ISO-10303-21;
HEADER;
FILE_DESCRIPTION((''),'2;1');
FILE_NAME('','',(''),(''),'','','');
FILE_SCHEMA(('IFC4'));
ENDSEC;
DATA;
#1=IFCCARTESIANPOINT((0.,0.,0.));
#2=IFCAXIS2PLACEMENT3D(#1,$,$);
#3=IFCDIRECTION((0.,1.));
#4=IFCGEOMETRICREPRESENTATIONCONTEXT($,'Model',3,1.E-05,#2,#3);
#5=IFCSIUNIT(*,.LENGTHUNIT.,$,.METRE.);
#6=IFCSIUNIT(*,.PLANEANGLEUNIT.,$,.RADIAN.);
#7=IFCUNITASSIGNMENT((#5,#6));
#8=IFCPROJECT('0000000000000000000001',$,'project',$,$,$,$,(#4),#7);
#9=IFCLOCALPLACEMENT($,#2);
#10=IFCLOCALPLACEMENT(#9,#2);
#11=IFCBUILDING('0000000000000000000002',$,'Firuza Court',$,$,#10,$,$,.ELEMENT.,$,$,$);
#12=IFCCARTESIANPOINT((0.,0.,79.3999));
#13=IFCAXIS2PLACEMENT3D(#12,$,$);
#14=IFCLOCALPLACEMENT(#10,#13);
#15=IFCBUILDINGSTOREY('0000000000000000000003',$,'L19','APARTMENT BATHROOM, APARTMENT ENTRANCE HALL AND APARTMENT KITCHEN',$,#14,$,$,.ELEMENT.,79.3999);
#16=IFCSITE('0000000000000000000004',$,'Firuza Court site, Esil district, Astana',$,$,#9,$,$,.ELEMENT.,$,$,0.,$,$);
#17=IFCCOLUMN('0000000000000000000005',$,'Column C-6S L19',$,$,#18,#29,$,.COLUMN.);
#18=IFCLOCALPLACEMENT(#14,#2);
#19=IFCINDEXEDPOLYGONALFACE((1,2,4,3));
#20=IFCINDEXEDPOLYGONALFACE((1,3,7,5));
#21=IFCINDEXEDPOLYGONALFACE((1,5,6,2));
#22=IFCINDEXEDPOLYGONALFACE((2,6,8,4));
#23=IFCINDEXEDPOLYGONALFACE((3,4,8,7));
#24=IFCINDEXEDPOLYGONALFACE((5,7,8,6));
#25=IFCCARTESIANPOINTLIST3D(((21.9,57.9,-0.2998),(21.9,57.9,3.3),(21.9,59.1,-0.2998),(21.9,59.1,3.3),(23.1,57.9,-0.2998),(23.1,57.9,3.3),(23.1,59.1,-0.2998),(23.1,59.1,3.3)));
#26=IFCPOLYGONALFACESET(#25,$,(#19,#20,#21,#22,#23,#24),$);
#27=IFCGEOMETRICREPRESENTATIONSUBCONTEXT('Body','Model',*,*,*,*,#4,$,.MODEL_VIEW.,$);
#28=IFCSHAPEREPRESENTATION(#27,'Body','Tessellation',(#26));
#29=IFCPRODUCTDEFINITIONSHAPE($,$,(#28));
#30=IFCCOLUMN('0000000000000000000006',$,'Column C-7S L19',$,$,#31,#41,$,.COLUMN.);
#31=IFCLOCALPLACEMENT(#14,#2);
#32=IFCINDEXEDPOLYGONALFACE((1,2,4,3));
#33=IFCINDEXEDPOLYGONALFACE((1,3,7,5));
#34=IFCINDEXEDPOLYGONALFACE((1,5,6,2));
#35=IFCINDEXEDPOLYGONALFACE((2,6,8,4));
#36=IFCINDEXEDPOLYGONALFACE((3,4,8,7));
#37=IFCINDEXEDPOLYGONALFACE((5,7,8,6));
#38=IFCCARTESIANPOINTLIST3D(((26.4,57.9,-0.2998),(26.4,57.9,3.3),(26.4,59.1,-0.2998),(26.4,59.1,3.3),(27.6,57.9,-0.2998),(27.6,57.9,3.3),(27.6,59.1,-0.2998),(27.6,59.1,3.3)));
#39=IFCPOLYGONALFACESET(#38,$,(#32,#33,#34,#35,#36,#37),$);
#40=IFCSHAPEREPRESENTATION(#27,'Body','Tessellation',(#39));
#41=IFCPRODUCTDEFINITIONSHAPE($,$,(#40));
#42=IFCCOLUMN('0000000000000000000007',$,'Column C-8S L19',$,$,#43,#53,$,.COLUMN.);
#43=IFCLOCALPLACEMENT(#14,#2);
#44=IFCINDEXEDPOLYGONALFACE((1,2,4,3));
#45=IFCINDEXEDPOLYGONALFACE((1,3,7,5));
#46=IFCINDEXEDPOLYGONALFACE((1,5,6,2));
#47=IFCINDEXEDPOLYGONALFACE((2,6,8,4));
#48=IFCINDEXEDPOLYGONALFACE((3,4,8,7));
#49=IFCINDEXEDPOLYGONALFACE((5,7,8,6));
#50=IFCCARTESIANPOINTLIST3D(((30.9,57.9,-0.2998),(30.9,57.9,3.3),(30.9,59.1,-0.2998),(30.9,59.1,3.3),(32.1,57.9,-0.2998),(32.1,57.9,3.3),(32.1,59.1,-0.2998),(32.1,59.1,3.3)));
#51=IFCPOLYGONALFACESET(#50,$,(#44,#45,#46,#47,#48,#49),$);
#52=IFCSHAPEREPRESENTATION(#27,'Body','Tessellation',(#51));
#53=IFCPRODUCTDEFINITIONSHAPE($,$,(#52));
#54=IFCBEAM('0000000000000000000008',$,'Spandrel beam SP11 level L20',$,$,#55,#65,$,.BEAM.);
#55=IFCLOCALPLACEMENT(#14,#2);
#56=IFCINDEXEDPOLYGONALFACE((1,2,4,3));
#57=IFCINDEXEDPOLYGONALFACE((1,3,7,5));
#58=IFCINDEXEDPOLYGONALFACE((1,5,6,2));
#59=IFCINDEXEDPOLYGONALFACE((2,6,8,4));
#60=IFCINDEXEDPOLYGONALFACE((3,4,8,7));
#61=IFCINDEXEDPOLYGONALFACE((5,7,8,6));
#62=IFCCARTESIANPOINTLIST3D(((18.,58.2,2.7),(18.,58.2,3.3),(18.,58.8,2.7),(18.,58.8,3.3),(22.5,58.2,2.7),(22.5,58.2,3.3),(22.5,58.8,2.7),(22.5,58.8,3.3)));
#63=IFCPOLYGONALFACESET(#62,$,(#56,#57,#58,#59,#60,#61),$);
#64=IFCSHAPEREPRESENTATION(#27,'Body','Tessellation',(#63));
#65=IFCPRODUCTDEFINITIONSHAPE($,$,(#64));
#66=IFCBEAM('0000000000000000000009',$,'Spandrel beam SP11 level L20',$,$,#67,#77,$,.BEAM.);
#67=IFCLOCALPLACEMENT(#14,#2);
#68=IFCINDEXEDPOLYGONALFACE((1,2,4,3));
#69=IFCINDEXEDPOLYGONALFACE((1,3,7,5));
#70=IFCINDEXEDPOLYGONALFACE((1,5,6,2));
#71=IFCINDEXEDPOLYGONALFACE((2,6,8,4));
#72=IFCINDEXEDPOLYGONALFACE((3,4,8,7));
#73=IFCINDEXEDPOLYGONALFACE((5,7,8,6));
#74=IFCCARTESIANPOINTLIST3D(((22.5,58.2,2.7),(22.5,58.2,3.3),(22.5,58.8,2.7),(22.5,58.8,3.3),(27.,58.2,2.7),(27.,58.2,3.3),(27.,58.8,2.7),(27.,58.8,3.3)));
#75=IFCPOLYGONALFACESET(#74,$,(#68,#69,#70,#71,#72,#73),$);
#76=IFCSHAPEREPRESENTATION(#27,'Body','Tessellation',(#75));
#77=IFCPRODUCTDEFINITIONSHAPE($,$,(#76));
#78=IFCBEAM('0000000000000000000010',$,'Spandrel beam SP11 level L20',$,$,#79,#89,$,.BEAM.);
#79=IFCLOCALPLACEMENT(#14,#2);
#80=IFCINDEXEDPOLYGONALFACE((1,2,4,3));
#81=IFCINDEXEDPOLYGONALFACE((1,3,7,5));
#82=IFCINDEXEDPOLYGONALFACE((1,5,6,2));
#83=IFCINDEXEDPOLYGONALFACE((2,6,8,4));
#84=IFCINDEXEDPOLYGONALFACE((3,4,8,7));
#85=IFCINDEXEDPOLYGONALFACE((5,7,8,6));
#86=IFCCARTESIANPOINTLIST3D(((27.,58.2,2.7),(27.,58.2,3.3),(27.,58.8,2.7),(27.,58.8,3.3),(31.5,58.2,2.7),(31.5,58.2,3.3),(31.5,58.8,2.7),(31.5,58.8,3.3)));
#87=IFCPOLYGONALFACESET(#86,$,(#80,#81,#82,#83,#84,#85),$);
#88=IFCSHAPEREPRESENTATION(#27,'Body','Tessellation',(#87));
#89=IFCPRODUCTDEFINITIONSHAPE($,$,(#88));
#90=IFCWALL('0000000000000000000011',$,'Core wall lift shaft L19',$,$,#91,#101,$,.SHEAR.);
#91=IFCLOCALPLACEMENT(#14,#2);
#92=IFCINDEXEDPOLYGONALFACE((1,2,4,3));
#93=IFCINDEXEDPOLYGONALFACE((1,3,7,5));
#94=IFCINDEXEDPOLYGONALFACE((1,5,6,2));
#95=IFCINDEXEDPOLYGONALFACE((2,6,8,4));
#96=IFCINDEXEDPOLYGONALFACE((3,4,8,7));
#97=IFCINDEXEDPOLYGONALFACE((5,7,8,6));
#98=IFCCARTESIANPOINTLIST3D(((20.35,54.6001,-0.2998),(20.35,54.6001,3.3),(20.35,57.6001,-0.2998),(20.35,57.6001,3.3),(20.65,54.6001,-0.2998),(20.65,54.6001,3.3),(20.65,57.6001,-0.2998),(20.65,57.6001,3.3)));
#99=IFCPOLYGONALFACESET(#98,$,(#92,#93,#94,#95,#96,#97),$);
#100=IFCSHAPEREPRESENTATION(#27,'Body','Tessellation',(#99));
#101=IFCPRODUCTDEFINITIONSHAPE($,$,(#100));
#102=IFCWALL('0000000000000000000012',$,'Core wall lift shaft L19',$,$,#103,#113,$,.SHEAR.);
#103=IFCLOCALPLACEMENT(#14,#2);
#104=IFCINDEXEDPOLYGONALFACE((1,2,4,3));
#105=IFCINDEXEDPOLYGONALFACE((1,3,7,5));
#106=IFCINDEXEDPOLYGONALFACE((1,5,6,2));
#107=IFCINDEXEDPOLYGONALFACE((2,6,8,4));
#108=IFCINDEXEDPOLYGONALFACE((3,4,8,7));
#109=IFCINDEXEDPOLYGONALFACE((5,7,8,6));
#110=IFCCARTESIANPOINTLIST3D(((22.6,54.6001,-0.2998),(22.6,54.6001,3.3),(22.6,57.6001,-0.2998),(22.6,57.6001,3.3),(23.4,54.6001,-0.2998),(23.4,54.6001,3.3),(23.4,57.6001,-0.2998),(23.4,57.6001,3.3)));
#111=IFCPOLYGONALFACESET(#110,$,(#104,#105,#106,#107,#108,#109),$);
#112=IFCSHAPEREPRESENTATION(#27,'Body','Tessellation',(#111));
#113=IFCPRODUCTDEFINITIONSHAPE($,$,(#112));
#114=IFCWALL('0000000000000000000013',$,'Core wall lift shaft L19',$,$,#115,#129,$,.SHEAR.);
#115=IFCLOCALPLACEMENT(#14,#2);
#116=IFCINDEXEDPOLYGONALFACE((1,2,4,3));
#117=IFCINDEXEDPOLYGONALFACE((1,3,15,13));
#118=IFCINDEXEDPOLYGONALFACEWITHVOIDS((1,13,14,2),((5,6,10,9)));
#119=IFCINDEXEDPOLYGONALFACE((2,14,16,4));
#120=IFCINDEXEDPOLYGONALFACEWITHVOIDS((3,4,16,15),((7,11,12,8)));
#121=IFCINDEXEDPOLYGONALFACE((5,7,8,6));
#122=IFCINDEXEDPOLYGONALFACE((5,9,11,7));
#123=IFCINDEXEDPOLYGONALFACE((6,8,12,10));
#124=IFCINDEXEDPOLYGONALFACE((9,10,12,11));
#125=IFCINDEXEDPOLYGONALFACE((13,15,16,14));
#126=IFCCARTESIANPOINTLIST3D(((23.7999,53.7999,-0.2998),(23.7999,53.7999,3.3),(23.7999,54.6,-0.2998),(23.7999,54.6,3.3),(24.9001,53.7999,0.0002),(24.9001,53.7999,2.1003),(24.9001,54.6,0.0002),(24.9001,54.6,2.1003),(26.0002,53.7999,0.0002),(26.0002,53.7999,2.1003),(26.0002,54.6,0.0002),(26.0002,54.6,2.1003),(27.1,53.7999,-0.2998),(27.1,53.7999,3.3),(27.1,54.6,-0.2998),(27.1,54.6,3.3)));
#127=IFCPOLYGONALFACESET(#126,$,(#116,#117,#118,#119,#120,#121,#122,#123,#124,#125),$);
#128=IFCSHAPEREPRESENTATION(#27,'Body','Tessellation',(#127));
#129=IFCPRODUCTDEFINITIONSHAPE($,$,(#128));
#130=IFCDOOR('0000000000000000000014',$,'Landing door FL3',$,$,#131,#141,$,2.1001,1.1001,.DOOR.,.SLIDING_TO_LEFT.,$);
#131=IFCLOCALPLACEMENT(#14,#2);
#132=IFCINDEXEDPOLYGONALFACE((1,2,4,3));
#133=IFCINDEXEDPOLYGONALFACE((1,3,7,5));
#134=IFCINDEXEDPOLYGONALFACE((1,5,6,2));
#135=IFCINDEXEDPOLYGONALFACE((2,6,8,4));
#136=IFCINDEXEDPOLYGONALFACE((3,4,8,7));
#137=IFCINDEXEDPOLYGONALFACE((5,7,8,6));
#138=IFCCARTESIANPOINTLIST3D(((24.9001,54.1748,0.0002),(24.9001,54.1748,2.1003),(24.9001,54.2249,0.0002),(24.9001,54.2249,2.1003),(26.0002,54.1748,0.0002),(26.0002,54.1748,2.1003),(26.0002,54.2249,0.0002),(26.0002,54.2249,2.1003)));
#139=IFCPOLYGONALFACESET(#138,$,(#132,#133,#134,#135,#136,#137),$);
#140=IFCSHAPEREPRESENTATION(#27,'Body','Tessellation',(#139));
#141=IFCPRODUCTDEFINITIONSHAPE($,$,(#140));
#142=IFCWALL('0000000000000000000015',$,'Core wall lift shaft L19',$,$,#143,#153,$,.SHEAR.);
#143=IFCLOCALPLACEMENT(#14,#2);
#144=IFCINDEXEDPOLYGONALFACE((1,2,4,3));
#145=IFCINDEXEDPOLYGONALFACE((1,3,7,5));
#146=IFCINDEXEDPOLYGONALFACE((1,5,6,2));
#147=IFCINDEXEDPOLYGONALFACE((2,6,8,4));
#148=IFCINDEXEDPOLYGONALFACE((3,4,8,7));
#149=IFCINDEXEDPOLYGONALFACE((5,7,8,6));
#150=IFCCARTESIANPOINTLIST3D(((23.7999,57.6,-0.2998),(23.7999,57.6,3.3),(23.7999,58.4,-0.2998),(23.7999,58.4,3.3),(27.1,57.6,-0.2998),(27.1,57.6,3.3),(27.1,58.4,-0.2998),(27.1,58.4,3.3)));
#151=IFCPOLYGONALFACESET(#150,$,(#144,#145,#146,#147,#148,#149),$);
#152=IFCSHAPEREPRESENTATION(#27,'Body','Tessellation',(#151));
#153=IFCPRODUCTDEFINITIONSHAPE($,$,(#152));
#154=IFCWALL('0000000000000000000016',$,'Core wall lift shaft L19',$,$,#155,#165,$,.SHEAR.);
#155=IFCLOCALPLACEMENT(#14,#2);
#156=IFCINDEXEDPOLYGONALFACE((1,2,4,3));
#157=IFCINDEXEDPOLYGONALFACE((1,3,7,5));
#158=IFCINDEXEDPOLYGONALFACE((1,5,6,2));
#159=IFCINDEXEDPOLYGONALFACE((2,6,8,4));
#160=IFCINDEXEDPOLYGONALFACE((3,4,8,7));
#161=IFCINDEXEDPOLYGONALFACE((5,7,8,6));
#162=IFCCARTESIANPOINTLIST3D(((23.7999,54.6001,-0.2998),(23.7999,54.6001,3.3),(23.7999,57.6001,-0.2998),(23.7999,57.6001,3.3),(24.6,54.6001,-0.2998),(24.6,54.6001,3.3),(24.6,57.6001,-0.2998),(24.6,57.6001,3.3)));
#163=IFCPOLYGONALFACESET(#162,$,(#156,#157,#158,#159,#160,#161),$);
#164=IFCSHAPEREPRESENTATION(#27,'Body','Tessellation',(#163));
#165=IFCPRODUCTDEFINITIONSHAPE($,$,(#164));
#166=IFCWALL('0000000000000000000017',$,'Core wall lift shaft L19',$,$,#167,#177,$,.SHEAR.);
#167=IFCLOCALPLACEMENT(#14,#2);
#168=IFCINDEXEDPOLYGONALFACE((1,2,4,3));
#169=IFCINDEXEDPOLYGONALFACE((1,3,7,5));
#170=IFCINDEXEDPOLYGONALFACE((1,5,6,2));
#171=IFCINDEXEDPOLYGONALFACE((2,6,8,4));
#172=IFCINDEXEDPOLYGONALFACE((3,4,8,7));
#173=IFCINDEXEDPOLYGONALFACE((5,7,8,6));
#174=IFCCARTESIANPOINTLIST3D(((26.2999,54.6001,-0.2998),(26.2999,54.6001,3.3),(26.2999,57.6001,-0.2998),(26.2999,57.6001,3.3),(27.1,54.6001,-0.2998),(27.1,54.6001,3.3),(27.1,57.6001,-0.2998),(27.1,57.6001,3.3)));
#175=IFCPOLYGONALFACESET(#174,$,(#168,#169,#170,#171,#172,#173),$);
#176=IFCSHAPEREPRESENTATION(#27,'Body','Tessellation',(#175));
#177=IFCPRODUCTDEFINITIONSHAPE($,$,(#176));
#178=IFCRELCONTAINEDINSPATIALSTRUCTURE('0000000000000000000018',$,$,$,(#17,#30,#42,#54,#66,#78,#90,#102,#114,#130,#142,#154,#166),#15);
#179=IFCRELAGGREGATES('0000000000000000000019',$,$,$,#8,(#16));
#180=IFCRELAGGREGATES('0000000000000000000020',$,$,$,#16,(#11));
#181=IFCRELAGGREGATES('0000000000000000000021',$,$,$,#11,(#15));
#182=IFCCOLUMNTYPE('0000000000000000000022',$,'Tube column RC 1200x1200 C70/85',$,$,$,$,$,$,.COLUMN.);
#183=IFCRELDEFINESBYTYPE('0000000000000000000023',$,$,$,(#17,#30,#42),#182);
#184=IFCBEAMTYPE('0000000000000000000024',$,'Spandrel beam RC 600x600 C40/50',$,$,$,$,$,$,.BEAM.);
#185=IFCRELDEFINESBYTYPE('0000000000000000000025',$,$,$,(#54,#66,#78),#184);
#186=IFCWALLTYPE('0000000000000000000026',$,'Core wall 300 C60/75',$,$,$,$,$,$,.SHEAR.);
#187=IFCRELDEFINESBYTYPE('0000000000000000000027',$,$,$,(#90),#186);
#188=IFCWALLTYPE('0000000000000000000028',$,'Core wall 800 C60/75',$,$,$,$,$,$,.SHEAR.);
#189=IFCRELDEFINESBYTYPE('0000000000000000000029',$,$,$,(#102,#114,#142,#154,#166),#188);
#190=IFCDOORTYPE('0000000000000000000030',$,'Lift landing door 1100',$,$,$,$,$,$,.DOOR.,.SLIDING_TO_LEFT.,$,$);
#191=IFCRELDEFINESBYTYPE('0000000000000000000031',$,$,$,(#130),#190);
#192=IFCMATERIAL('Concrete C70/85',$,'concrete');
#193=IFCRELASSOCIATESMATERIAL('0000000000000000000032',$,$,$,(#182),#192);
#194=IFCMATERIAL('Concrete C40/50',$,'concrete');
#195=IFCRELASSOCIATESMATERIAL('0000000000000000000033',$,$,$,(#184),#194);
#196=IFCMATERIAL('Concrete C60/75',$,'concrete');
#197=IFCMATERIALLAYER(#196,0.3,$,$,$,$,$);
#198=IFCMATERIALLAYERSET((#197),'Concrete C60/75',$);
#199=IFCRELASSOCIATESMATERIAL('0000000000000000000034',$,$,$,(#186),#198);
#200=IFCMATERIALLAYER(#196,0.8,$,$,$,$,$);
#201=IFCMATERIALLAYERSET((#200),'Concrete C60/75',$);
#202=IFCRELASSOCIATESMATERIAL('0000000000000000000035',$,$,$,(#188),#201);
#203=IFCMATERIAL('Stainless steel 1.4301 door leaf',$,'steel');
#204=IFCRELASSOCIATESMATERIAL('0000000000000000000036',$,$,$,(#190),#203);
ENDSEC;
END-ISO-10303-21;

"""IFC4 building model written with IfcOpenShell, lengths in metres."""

from ifc_helpers import new_model, si_unit, direction, frame, frame_2d, origin, origin_2d, place, context, subcontext, project, spatial, rectangle, extrude, material, layer, layer_set, material_profile, profile_set, type_object, element, fill, save


model = new_model("IFC4")

# Units and contexts
model_context = context("Model", 3, precision=1e-05, world=origin(), true_north=direction((0.0, 1.0)))
body_context = subcontext(model_context, "Body", "Model", "MODEL_VIEW")
ifc_project = project(units=[si_unit("LENGTHUNIT", "METRE"), si_unit("PLANEANGLEUNIT", "RADIAN")], contexts=[model_context])

# Site, building, storey
site_placement = place(None, origin())
site = spatial("IfcSite", under=ifc_project, at=site_placement, Name="Firuza Court site, Esil district, Astana", CompositionType="ELEMENT", RefElevation=0.0)
building_placement = place(site_placement, origin())
building = spatial("IfcBuilding", under=site, at=building_placement, Name="Firuza Court", CompositionType="ELEMENT")
storey_placement = place(building_placement, frame((0.0, 0.0, 79.3999)))
storey = spatial("IfcBuildingStorey", under=building, at=storey_placement, Name="L19", Description="APARTMENT BATHROOM, APARTMENT ENTRANCE HALL AND APARTMENT KITCHEN", CompositionType="ELEMENT", Elevation=79.3999)

# Columns
ifc_material_1 = material(Name="Concrete C70/85", Category="concrete")
ifc_material_profile_1 = material_profile(ifc_material_1, rectangle(XDim=1.2, YDim=1.2, at=origin_2d()), Name="RC 1200x1200")
ifc_profile_set_1 = profile_set([ifc_material_profile_1], Name="Concrete C70/85")
column_type = type_object("IfcColumnType", Name="Tube column RC 1200x1200 C70/85", PredefinedType="COLUMN", material=ifc_profile_set_1)
for number, where, z_axis, x_axis, name in (
    (1, (22.5, 58.5, -0.2998), (0.0, 0.0, 1.0), (1.0, 0.0, 0.0), "Column C-6S L19"),
    (2, (27.0, 58.5, -0.2998), (0.0, 0.0, 1.0), (1.0, 0.0, 0.0), "Column C-7S L19"),
    (3, (31.5, 58.5, -0.2998), (0.0, 0.0, 1.0), (1.0, 0.0, 0.0), "Column C-8S L19"),
):
    element("IfcColumn", number, at=place(storey_placement, frame(where, z_axis=z_axis, x_axis=x_axis)), inside=storey, type_object=column_type, Name=name, PredefinedType="COLUMN", context=body_context, shape_type="SweptSolid", body=[
        extrude(rectangle(XDim=1.2, YDim=1.2, at=origin_2d()), origin(), (0.0, 0.0, 1.0), 3.5999),
    ])

# Beams
ifc_material_2 = material(Name="Concrete C40/50", Category="concrete")
ifc_material_profile_2 = material_profile(ifc_material_2, rectangle(XDim=0.6001, YDim=0.6001, at=origin_2d()), Name="RC 600x600")
ifc_profile_set_2 = profile_set([ifc_material_profile_2], Name="Concrete C40/50")
beam_type = type_object("IfcBeamType", Name="Spandrel beam RC 600x600 C40/50", PredefinedType="BEAM", material=ifc_profile_set_2)
for number, where, z_axis, x_axis, name in (
    (4, (22.5, 58.5, 3.0), (-1.0, 0.0, 0.0), (0.0, -1.0, 0.0), "Spandrel beam SP11 level L20"),
    (5, (27.0, 58.5, 3.0), (-1.0, 0.0, 0.0), (0.0, -1.0, 0.0), "Spandrel beam SP11 level L20"),
    (6, (31.5, 58.5, 3.0), (-1.0, 0.0, 0.0), (0.0, -1.0, 0.0), "Spandrel beam SP11 level L20"),
):
    element("IfcBeam", number, at=place(storey_placement, frame(where, z_axis=z_axis, x_axis=x_axis)), inside=storey, type_object=beam_type, Name=name, PredefinedType="BEAM", context=body_context, shape_type="SweptSolid", body=[
        extrude(rectangle(XDim=0.6001, YDim=0.6001, at=origin_2d()), origin(), (0.0, 0.0, 1.0), 4.5),
    ])

# Walls
ifc_material_3 = material(Name="Concrete C60/75", Category="concrete")
ifc_layer_1 = layer(ifc_material_3, 0.3)
ifc_layer_set_1 = layer_set([ifc_layer_1], Name="Concrete C60/75")
wall_type_1 = type_object("IfcWallType", Name="Core wall 300 C60/75", PredefinedType="SHEAR", material=ifc_layer_set_1)
wall_1_placement = place(storey_placement, frame((20.5, 54.6001, -0.2998), z_axis=(0.0, 0.0, 1.0), x_axis=(0.0, 1.0, 0.0)))
element("IfcWall", 7, at=wall_1_placement, inside=storey, type_object=wall_type_1, Name="Core wall lift shaft L19", PredefinedType="SHEAR", context=body_context, shape_type="SweptSolid", body=[
    extrude(rectangle(XDim=3.0, YDim=0.3, at=frame_2d((1.5, 0.0))), origin(), (0.0, 0.0, 1.0), 3.5999),
])
ifc_layer_2 = layer(ifc_material_3, 0.8)
ifc_layer_set_2 = layer_set([ifc_layer_2], Name="Concrete C60/75")
wall_type_2 = type_object("IfcWallType", Name="Core wall 800 C60/75", PredefinedType="SHEAR", material=ifc_layer_set_2)
wall_2_placement = place(storey_placement, frame((23.0, 54.6001, -0.2998), z_axis=(0.0, 0.0, 1.0), x_axis=(0.0, 1.0, 0.0)))
element("IfcWall", 8, at=wall_2_placement, inside=storey, type_object=wall_type_2, Name="Core wall lift shaft L19", PredefinedType="SHEAR", context=body_context, shape_type="SweptSolid", body=[
    extrude(rectangle(XDim=3.0, YDim=0.8, at=frame_2d((1.5, 0.0))), origin(), (0.0, 0.0, 1.0), 3.5999),
])

# Wall, opening, door
wall_3_placement = place(storey_placement, frame((23.8, 54.2, -0.2998), z_axis=(0.0, 0.0, 1.0), x_axis=(1.0, 0.0, 0.0)))
wall_3 = element("IfcWall", 9, at=wall_3_placement, inside=storey, type_object=wall_type_2, Name="Core wall lift shaft L19", PredefinedType="SHEAR", context=body_context, shape_type="SweptSolid", body=[
    extrude(rectangle(XDim=3.3, YDim=0.8, at=frame_2d((1.6499, 0.0))), origin(), (0.0, 0.0, 1.0), 3.5999),
])
opening_1_placement = place(wall_3_placement, frame((1.1001, 0.0, 0.3)))
opening_1 = element("IfcOpeningElement", 10, at=opening_1_placement, cuts=wall_3, PredefinedType="OPENING", context=body_context, shape_type="SweptSolid", body=[
    extrude(rectangle(XDim=1.1001, YDim=2.1001, at=frame_2d((0.55, 1.05))), frame((0.0, 0.4121, 0.0), z_axis=(0.0, -1.0, 0.0), x_axis=(1.0, 0.0, 0.0)), (0.0, 0.0, 1.0), 0.824),
])
ifc_material_4 = material(Name="Stainless steel 1.4301 door leaf", Category="steel")
door_type_1 = type_object("IfcDoorType", Name="Lift landing door 1100", OperationType="SLIDING_TO_LEFT", PredefinedType="DOOR", material=ifc_material_4)
door_1_placement = place(opening_1_placement, origin())
door_1 = element("IfcDoor", 11, at=door_1_placement, inside=storey, type_object=door_type_1, Name="Landing door FL3", OperationType="SLIDING_TO_LEFT", OverallHeight=2.1001, OverallWidth=1.1001, PredefinedType="DOOR", context=body_context, shape_type="SweptSolid", body=[
    extrude(rectangle(XDim=1.1001, YDim=2.1001, at=frame_2d((0.55, 1.05))), frame((0.0, 0.0249, 0.0), z_axis=(0.0, -1.0, 0.0), x_axis=(1.0, 0.0, 0.0)), (0.0, 0.0, 1.0), 0.05),
])
fill(opening_1, door_1)

# Walls
wall_4_placement = place(storey_placement, frame((23.8, 58.0, -0.2998), z_axis=(0.0, 0.0, 1.0), x_axis=(1.0, 0.0, 0.0)))
element("IfcWall", 12, at=wall_4_placement, inside=storey, type_object=wall_type_2, Name="Core wall lift shaft L19", PredefinedType="SHEAR", context=body_context, shape_type="SweptSolid", body=[
    extrude(rectangle(XDim=3.3, YDim=0.8, at=frame_2d((1.6499, 0.0))), origin(), (0.0, 0.0, 1.0), 3.5999),
])
for number, where, z_axis, x_axis, name in (
    (13, (24.2, 54.6001, -0.2998), (0.0, 0.0, 1.0), (0.0, 1.0, 0.0), "Core wall lift shaft L19"),
    (14, (26.7, 54.6001, -0.2998), (0.0, 0.0, 1.0), (0.0, 1.0, 0.0), "Core wall lift shaft L19"),
):
    element("IfcWall", number, at=place(storey_placement, frame(where, z_axis=z_axis, x_axis=x_axis)), inside=storey, type_object=wall_type_2, Name=name, PredefinedType="SHEAR", context=body_context, shape_type="SweptSolid", body=[
        extrude(rectangle(XDim=3.0, YDim=0.8, at=frame_2d((1.5, 0.0))), origin(), (0.0, 0.0, 1.0), 3.5999),
    ])

save(model, "model.ifc")
